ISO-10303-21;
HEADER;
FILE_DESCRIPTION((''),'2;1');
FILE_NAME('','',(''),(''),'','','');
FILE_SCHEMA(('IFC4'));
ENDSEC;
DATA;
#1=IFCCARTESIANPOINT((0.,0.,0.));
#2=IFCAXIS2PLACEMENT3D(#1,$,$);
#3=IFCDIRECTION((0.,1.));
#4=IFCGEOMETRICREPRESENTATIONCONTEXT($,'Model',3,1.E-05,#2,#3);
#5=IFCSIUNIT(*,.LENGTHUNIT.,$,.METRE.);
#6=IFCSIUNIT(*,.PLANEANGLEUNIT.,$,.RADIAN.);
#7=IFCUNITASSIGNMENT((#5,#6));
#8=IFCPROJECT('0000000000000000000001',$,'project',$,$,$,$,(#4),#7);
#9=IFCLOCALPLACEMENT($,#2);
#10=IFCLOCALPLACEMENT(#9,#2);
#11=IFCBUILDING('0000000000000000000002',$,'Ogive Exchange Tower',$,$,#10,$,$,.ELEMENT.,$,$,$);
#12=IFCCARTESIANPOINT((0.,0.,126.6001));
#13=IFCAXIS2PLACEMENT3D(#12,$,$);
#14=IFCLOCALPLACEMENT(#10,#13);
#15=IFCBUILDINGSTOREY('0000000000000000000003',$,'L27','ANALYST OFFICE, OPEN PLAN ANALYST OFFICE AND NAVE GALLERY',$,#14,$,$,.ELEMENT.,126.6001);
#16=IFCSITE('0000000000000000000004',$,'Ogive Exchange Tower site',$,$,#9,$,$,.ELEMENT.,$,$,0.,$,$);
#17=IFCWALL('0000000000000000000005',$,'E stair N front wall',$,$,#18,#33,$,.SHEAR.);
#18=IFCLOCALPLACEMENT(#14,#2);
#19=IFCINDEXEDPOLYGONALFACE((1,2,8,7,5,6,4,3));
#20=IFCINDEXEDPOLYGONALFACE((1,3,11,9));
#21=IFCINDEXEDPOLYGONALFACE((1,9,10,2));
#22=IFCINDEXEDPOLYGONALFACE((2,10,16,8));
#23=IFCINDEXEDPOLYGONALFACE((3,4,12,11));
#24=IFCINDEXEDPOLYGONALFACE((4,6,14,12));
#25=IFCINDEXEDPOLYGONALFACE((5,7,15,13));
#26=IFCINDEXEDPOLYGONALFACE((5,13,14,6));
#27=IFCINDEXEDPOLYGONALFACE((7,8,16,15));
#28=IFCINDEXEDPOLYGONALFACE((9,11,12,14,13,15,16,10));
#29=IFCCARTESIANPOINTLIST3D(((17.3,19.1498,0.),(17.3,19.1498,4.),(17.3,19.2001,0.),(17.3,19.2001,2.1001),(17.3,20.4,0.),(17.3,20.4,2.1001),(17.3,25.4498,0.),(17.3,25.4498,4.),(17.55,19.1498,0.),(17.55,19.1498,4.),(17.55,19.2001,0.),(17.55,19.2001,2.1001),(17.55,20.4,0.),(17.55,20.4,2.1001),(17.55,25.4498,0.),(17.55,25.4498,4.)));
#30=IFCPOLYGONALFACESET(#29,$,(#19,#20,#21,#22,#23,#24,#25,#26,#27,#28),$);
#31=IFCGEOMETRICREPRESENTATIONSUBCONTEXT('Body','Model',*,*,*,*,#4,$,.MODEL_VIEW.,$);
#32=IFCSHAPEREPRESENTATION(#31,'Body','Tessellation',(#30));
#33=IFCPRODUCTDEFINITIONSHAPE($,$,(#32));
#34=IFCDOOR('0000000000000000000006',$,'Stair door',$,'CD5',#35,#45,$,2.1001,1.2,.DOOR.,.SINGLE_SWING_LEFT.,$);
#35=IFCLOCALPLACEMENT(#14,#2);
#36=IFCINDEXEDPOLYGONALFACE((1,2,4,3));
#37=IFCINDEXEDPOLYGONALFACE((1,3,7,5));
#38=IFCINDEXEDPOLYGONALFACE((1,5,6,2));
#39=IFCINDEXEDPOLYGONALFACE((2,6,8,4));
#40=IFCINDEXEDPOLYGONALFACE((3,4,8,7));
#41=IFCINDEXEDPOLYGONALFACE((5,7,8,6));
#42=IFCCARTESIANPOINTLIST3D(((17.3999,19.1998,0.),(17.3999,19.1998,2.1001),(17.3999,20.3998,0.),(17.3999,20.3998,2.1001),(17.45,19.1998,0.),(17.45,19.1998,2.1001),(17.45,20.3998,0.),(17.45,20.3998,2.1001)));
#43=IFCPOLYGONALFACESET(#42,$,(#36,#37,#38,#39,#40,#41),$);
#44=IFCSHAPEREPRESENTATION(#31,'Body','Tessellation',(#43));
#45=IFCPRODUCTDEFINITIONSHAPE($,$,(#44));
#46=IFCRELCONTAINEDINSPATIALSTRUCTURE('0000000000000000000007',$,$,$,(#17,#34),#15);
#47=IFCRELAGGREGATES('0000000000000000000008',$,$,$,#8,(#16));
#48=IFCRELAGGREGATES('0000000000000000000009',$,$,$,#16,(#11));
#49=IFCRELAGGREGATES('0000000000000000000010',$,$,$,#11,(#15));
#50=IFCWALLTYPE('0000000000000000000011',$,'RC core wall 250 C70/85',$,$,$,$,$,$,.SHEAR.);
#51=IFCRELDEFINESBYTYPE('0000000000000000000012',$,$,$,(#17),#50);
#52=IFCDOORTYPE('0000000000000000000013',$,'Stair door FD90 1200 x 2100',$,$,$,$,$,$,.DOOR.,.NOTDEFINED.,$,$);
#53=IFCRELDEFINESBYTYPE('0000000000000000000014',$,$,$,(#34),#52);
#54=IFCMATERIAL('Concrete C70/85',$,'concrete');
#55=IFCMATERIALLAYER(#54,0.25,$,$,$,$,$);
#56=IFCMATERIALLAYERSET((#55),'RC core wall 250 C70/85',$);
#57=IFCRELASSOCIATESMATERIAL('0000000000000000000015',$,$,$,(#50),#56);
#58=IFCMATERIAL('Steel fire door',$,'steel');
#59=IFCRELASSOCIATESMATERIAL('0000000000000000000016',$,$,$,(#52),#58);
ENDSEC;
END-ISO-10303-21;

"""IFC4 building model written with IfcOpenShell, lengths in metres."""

from ifc_helpers import new_model, si_unit, direction, frame, frame_2d, origin, place, context, subcontext, project, spatial, rectangle, extrude, material, layer, layer_set, type_object, element, fill, save


model = new_model("IFC4")

# Units and contexts
model_context = context("Model", 3, precision=1e-05, world=origin(), true_north=direction((0.0, 1.0)))
body_context = subcontext(model_context, "Body", "Model", "MODEL_VIEW")
ifc_project = project(units=[si_unit("LENGTHUNIT", "METRE"), si_unit("PLANEANGLEUNIT", "RADIAN")], contexts=[model_context])

# Site, building, storey
site_placement = place(None, origin())
site = spatial("IfcSite", under=ifc_project, at=site_placement, Name="Ogive Exchange Tower site", CompositionType="ELEMENT", RefElevation=0.0)
building_placement = place(site_placement, origin())
building = spatial("IfcBuilding", under=site, at=building_placement, Name="Ogive Exchange Tower", CompositionType="ELEMENT")
storey_placement = place(building_placement, frame((0.0, 0.0, 126.6001)))
storey = spatial("IfcBuildingStorey", under=building, at=storey_placement, Name="L27", Description="ANALYST OFFICE, OPEN PLAN ANALYST OFFICE AND NAVE GALLERY", CompositionType="ELEMENT", Elevation=126.6001)

# Wall, opening, door
ifc_material_1 = material(Name="Concrete C70/85", Category="concrete")
ifc_material_2 = material(Name="Steel fire door", Category="steel")
ifc_layer_1 = layer(ifc_material_1, 0.25)
ifc_layer_set_1 = layer_set([ifc_layer_1], Name="RC core wall 250 C70/85")
wall_type_1 = type_object("IfcWallType", Name="RC core wall 250 C70/85", PredefinedType="SHEAR", material=ifc_layer_set_1)
wall_1_placement = place(storey_placement, frame((17.425, 19.1499, 0.0), z_axis=(0.0, 0.0, 1.0), x_axis=(0.0, 1.0, 0.0)))
wall_1 = element("IfcWall", 1, at=wall_1_placement, inside=storey, type_object=wall_type_1, Name="E stair N front wall", PredefinedType="SHEAR", context=body_context, shape_type="SweptSolid", body=[
    extrude(rectangle(XDim=6.3, YDim=0.25, at=frame_2d((3.1499, 0.0))), origin(), (0.0, 0.0, 1.0), 4.0),
])
opening_1_placement = place(wall_1_placement, frame((0.05, 0.0, 0.0)))
opening_1 = element("IfcOpeningElement", 2, at=opening_1_placement, cuts=wall_1, PredefinedType="OPENING", context=body_context, shape_type="SweptSolid", body=[
    extrude(rectangle(XDim=1.2, YDim=2.1001, at=frame_2d((0.6001, 1.05))), frame((0.0, 0.135, 0.0), z_axis=(0.0, -1.0, 0.0), x_axis=(1.0, 0.0, 0.0)), (0.0, 0.0, 1.0), 0.27),
])
door_type_1 = type_object("IfcDoorType", Name="Stair door FD90 1200 x 2100", OperationType="NOTDEFINED", PredefinedType="DOOR", material=ifc_material_2)
door_1_placement = place(opening_1_placement, frame((1.2, 0.0, 0.0), z_axis=(0.0, 0.0, 1.0), x_axis=(-1.0, 0.0, 0.0)))
door_1 = element("IfcDoor", 3, at=door_1_placement, inside=storey, type_object=door_type_1, Name="Stair door", ObjectType="CD5", OperationType="SINGLE_SWING_LEFT", OverallHeight=2.1001, OverallWidth=1.2, PredefinedType="DOOR", context=body_context, shape_type="SweptSolid", body=[
    extrude(rectangle(XDim=1.2, YDim=2.1001, at=frame_2d((0.6001, 1.05))), frame((0.0, 0.0249, 0.0), z_axis=(0.0, -1.0, 0.0), x_axis=(1.0, 0.0, 0.0)), (0.0, 0.0, 1.0), 0.05),
])
fill(opening_1, door_1)

save(model, "model.ifc")
